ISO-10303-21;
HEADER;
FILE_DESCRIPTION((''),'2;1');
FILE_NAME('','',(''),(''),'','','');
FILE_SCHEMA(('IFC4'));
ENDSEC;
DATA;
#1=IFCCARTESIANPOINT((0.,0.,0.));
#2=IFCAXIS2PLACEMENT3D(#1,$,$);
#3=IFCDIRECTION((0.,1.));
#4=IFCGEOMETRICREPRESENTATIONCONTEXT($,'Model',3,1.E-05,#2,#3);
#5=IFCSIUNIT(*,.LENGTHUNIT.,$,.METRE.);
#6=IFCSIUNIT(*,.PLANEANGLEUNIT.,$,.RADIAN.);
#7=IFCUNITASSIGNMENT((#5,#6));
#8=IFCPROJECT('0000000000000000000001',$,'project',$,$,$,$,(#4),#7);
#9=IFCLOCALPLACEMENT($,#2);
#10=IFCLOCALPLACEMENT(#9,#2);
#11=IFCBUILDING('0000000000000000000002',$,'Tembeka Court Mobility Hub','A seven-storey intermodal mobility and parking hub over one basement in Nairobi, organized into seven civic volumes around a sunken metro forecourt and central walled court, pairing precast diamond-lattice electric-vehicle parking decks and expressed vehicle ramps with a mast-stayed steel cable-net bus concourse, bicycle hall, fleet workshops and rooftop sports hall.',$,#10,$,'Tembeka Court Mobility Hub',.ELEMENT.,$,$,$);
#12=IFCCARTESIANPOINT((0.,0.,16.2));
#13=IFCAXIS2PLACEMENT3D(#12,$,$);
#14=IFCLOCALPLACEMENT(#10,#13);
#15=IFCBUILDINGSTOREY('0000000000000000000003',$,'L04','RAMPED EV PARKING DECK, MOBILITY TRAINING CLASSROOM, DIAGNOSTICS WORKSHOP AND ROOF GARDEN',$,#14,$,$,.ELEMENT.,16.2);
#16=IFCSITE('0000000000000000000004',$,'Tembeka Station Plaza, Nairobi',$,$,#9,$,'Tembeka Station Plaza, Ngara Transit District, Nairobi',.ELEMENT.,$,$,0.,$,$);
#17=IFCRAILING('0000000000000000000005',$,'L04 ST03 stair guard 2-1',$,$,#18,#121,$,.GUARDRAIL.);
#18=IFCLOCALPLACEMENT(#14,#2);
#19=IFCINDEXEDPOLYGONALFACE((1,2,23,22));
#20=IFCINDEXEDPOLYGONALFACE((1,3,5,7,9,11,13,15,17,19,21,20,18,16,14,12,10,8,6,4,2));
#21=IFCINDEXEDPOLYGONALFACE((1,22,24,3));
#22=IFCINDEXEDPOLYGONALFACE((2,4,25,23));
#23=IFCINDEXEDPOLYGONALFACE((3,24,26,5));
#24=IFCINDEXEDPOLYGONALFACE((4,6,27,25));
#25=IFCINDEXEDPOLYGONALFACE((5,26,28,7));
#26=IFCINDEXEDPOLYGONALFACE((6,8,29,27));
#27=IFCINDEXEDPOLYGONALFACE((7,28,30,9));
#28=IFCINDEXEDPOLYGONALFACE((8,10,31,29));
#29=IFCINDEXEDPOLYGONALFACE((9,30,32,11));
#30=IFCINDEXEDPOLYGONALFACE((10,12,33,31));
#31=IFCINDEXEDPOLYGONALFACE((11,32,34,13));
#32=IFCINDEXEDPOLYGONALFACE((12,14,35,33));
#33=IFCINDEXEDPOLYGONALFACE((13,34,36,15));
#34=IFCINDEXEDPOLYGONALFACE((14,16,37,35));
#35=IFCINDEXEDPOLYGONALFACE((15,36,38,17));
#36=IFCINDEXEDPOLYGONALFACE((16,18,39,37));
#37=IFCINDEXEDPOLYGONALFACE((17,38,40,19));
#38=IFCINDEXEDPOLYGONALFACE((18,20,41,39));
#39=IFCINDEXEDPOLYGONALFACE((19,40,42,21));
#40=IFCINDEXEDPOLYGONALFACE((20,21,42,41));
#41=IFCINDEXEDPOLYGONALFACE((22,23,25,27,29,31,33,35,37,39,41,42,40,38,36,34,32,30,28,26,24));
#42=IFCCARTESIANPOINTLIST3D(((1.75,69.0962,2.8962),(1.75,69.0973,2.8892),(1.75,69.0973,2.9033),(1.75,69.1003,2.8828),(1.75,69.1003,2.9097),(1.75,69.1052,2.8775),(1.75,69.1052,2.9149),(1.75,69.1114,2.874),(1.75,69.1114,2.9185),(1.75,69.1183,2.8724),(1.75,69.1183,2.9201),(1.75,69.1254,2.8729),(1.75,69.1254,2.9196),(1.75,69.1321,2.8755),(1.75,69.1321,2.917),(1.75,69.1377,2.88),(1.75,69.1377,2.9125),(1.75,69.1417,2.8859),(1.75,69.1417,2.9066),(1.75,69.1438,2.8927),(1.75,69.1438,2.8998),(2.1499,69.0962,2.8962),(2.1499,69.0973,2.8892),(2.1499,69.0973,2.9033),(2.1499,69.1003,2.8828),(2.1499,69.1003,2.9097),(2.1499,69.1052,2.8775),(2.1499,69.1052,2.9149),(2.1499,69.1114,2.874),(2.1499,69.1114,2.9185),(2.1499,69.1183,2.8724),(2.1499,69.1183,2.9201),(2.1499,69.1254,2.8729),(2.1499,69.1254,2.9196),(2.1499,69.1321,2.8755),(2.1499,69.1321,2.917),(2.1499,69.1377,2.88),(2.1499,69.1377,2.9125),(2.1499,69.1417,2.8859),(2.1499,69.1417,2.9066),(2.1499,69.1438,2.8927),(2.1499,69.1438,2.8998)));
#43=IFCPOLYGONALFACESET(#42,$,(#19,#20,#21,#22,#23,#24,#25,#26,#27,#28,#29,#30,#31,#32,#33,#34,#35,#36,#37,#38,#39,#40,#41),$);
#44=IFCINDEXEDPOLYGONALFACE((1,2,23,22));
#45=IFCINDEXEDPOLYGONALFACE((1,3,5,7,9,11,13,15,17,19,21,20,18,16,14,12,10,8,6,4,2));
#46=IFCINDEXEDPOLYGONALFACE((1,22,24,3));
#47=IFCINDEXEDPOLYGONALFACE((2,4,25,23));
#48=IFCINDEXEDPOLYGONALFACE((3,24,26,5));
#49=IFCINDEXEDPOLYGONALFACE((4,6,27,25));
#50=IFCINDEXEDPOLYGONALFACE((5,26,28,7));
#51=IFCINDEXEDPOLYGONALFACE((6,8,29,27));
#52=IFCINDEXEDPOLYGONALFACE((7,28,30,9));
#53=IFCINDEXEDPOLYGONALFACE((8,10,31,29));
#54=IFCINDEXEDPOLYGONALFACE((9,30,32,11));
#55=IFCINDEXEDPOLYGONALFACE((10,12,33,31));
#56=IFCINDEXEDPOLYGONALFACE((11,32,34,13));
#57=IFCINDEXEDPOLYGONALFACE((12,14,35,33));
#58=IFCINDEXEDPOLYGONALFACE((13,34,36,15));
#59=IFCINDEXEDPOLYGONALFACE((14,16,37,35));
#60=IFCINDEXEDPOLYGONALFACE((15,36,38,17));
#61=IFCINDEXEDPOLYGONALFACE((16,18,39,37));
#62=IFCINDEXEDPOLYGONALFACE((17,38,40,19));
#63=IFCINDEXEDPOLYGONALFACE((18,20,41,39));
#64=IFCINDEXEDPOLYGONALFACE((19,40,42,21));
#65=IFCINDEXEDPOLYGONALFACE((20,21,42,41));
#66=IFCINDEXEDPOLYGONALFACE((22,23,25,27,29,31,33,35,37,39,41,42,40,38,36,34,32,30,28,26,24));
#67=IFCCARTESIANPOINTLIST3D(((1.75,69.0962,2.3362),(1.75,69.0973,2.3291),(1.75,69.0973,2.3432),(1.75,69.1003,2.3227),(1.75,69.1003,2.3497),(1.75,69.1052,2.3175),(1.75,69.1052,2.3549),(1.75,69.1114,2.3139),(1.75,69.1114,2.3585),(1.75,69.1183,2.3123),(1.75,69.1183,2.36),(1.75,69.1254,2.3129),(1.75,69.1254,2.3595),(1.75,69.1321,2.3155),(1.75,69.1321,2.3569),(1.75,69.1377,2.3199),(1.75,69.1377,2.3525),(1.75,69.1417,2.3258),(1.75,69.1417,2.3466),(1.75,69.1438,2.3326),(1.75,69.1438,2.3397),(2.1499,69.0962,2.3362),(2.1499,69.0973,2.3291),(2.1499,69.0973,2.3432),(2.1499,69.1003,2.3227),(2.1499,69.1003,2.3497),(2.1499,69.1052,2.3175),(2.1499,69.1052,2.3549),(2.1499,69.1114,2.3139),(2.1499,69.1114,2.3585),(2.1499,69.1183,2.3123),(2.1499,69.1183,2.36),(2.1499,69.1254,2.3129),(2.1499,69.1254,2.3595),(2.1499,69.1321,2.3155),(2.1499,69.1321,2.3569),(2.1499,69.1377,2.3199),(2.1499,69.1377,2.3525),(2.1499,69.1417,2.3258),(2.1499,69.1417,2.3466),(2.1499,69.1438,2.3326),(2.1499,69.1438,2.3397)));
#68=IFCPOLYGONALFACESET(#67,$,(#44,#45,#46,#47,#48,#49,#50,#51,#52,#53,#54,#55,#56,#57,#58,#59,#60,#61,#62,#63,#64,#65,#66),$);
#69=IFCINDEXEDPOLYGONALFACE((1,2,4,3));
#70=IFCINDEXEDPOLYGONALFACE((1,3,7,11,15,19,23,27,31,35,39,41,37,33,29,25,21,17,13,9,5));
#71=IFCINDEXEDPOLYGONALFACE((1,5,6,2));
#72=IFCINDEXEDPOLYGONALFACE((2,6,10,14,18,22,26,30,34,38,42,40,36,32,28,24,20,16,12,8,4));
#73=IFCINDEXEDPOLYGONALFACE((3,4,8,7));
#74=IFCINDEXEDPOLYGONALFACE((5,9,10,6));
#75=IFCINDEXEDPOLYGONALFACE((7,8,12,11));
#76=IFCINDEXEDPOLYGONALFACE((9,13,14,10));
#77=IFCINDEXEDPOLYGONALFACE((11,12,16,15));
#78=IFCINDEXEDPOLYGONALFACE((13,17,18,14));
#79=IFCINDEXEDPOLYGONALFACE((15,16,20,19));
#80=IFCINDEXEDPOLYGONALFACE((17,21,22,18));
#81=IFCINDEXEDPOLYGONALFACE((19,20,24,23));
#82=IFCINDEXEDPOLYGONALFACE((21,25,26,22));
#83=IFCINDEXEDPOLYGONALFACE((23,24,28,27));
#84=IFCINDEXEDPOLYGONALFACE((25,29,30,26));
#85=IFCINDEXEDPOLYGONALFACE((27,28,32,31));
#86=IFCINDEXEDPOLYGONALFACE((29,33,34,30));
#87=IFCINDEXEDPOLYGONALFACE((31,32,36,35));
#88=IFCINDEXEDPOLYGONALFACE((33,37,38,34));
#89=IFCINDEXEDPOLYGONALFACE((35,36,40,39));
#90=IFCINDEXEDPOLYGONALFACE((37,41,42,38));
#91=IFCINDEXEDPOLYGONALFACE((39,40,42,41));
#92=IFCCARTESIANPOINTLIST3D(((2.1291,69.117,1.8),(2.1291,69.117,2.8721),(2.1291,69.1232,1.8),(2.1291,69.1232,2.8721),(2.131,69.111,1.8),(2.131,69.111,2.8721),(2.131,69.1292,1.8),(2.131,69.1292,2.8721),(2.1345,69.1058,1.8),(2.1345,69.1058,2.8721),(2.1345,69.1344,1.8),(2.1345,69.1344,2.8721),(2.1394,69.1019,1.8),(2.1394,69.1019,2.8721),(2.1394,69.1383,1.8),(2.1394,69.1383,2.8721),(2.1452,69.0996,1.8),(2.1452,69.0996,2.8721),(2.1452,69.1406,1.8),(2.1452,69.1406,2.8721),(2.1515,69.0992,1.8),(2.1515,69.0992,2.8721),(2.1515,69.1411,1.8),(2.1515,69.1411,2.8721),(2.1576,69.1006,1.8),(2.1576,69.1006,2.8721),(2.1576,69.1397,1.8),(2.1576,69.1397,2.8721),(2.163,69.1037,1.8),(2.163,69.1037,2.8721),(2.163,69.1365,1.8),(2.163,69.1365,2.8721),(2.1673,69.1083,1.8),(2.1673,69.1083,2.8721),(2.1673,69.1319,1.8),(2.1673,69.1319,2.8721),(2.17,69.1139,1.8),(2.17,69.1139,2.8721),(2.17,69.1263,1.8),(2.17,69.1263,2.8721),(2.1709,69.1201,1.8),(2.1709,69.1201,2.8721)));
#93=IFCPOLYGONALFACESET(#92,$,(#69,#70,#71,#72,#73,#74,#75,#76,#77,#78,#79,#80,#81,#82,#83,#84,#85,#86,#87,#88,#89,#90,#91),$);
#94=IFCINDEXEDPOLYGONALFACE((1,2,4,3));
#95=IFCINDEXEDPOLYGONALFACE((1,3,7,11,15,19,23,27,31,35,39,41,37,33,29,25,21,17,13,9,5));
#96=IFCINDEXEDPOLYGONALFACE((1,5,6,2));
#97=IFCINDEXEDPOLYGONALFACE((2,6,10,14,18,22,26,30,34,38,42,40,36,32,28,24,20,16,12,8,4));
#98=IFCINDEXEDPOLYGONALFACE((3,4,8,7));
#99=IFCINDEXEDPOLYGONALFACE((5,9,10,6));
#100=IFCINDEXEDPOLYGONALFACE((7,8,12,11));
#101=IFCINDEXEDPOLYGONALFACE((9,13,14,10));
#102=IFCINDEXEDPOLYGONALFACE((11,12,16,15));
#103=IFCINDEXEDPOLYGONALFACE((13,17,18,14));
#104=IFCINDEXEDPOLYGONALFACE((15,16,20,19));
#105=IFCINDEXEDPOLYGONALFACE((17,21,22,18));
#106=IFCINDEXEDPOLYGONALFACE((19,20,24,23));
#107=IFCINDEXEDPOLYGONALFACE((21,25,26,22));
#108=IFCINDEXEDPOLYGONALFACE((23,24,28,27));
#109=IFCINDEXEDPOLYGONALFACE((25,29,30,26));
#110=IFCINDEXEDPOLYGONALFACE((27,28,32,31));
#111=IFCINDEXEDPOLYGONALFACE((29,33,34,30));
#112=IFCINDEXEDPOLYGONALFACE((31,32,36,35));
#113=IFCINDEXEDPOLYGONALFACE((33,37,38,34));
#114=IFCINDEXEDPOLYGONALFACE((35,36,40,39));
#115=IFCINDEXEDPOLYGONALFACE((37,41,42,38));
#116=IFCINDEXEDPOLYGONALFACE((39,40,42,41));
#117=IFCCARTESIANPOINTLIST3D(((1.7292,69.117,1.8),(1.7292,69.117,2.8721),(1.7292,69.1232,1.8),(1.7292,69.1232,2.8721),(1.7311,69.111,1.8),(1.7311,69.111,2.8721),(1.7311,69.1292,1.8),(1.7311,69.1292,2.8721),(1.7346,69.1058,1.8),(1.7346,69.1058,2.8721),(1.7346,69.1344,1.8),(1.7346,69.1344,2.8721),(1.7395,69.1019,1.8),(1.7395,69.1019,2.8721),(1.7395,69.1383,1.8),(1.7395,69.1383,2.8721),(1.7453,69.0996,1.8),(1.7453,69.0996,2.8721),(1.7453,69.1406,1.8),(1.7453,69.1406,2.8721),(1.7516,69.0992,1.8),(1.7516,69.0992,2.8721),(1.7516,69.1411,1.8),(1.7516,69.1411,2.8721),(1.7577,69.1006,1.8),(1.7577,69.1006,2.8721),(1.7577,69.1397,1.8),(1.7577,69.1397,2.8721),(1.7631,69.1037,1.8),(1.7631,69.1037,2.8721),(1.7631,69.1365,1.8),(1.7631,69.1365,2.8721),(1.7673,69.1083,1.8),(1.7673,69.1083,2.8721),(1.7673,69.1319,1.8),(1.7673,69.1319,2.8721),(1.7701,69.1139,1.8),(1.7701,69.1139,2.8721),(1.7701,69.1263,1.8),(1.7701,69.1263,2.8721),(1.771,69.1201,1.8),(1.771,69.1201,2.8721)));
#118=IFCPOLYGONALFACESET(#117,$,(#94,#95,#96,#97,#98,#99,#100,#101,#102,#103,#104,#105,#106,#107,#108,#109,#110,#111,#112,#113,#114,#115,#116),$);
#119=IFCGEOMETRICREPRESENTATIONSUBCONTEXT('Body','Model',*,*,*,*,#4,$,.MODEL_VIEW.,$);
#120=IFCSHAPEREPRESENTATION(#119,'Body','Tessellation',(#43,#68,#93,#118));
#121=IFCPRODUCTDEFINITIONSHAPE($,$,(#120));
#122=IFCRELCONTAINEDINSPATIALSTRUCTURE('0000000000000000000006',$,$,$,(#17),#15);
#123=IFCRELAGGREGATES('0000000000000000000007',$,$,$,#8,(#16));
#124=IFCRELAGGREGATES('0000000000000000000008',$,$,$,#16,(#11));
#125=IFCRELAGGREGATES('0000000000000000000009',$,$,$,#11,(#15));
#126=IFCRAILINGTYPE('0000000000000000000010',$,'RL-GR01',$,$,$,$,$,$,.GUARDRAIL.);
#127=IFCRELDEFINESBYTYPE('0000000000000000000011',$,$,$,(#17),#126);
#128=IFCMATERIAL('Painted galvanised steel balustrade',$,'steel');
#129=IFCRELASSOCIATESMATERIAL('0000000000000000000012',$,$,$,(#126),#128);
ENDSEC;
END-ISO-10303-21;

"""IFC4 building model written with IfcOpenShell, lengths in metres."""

from ifc_helpers import new_model, si_unit, direction, frame, origin, origin_2d, place, context, subcontext, project, spatial, circle, extrude, material, type_object, element, save


model = new_model("IFC4")

# Units and contexts
model_context = context("Model", 3, precision=1e-05, world=origin(), true_north=direction((0.0, 1.0)))
body_context = subcontext(model_context, "Body", "Model", "MODEL_VIEW")
ifc_project = project(units=[si_unit("LENGTHUNIT", "METRE"), si_unit("PLANEANGLEUNIT", "RADIAN")], contexts=[model_context])

# Site, building, storey
site_placement = place(None, origin())
site = spatial("IfcSite", under=ifc_project, at=site_placement, Name="Tembeka Station Plaza, Nairobi", LongName="Tembeka Station Plaza, Ngara Transit District, Nairobi", CompositionType="ELEMENT", RefElevation=0.0)
building_placement = place(site_placement, origin())
building = spatial("IfcBuilding", under=site, at=building_placement, Name="Tembeka Court Mobility Hub", Description="A seven-storey intermodal mobility and parking hub over one basement in Nairobi, organized into seven civic volumes around a sunken metro forecourt and central walled court, pairing precast diamond-lattice electric-vehicle parking decks and expressed vehicle ramps with a mast-stayed steel cable-net bus concourse, bicycle hall, fleet workshops and rooftop sports hall.", LongName="Tembeka Court Mobility Hub", CompositionType="ELEMENT")
storey_placement = place(building_placement, frame((0.0, 0.0, 16.2)))
storey = spatial("IfcBuildingStorey", under=building, at=storey_placement, Name="L04", Description="RAMPED EV PARKING DECK, MOBILITY TRAINING CLASSROOM, DIAGNOSTICS WORKSHOP AND ROOF GARDEN", CompositionType="ELEMENT", Elevation=16.2)

# Railing
ifc_material_1 = material(Name="Painted galvanised steel balustrade", Category="steel")
railing_type_1 = type_object("IfcRailingType", Name="RL-GR01", PredefinedType="GUARDRAIL", material=ifc_material_1)
railing_1_placement = place(storey_placement, frame((2.1499, 69.1201, 1.8)))
element("IfcRailing", 1, at=railing_1_placement, inside=storey, type_object=railing_type_1, Name="L04 ST03 stair guard 2-1", PredefinedType="GUARDRAIL", context=body_context, shape_type="SweptSolid", body=[
    extrude(circle(Radius=0.0239, at=origin_2d()), frame((0.0, 0.0, 1.0962), z_axis=(-1.0, 0.0, 0.0), x_axis=(0.0, -1.0, 0.0)), (0.0, 0.0, 1.0), 0.3999),
    extrude(circle(Radius=0.0239, at=origin_2d()), frame((0.0, 0.0, 0.5361), z_axis=(-1.0, 0.0, 0.0), x_axis=(0.0, -1.0, 0.0)), (0.0, 0.0, 1.0), 0.3999),
    extrude(circle(Radius=0.021, at=origin_2d()), origin(), (0.0, 0.0, 1.0), 1.072),
    extrude(circle(Radius=0.021, at=origin_2d()), frame((-0.3999, 0.0, 0.0)), (0.0, 0.0, 1.0), 1.072),
])

save(model, "model.ifc")
